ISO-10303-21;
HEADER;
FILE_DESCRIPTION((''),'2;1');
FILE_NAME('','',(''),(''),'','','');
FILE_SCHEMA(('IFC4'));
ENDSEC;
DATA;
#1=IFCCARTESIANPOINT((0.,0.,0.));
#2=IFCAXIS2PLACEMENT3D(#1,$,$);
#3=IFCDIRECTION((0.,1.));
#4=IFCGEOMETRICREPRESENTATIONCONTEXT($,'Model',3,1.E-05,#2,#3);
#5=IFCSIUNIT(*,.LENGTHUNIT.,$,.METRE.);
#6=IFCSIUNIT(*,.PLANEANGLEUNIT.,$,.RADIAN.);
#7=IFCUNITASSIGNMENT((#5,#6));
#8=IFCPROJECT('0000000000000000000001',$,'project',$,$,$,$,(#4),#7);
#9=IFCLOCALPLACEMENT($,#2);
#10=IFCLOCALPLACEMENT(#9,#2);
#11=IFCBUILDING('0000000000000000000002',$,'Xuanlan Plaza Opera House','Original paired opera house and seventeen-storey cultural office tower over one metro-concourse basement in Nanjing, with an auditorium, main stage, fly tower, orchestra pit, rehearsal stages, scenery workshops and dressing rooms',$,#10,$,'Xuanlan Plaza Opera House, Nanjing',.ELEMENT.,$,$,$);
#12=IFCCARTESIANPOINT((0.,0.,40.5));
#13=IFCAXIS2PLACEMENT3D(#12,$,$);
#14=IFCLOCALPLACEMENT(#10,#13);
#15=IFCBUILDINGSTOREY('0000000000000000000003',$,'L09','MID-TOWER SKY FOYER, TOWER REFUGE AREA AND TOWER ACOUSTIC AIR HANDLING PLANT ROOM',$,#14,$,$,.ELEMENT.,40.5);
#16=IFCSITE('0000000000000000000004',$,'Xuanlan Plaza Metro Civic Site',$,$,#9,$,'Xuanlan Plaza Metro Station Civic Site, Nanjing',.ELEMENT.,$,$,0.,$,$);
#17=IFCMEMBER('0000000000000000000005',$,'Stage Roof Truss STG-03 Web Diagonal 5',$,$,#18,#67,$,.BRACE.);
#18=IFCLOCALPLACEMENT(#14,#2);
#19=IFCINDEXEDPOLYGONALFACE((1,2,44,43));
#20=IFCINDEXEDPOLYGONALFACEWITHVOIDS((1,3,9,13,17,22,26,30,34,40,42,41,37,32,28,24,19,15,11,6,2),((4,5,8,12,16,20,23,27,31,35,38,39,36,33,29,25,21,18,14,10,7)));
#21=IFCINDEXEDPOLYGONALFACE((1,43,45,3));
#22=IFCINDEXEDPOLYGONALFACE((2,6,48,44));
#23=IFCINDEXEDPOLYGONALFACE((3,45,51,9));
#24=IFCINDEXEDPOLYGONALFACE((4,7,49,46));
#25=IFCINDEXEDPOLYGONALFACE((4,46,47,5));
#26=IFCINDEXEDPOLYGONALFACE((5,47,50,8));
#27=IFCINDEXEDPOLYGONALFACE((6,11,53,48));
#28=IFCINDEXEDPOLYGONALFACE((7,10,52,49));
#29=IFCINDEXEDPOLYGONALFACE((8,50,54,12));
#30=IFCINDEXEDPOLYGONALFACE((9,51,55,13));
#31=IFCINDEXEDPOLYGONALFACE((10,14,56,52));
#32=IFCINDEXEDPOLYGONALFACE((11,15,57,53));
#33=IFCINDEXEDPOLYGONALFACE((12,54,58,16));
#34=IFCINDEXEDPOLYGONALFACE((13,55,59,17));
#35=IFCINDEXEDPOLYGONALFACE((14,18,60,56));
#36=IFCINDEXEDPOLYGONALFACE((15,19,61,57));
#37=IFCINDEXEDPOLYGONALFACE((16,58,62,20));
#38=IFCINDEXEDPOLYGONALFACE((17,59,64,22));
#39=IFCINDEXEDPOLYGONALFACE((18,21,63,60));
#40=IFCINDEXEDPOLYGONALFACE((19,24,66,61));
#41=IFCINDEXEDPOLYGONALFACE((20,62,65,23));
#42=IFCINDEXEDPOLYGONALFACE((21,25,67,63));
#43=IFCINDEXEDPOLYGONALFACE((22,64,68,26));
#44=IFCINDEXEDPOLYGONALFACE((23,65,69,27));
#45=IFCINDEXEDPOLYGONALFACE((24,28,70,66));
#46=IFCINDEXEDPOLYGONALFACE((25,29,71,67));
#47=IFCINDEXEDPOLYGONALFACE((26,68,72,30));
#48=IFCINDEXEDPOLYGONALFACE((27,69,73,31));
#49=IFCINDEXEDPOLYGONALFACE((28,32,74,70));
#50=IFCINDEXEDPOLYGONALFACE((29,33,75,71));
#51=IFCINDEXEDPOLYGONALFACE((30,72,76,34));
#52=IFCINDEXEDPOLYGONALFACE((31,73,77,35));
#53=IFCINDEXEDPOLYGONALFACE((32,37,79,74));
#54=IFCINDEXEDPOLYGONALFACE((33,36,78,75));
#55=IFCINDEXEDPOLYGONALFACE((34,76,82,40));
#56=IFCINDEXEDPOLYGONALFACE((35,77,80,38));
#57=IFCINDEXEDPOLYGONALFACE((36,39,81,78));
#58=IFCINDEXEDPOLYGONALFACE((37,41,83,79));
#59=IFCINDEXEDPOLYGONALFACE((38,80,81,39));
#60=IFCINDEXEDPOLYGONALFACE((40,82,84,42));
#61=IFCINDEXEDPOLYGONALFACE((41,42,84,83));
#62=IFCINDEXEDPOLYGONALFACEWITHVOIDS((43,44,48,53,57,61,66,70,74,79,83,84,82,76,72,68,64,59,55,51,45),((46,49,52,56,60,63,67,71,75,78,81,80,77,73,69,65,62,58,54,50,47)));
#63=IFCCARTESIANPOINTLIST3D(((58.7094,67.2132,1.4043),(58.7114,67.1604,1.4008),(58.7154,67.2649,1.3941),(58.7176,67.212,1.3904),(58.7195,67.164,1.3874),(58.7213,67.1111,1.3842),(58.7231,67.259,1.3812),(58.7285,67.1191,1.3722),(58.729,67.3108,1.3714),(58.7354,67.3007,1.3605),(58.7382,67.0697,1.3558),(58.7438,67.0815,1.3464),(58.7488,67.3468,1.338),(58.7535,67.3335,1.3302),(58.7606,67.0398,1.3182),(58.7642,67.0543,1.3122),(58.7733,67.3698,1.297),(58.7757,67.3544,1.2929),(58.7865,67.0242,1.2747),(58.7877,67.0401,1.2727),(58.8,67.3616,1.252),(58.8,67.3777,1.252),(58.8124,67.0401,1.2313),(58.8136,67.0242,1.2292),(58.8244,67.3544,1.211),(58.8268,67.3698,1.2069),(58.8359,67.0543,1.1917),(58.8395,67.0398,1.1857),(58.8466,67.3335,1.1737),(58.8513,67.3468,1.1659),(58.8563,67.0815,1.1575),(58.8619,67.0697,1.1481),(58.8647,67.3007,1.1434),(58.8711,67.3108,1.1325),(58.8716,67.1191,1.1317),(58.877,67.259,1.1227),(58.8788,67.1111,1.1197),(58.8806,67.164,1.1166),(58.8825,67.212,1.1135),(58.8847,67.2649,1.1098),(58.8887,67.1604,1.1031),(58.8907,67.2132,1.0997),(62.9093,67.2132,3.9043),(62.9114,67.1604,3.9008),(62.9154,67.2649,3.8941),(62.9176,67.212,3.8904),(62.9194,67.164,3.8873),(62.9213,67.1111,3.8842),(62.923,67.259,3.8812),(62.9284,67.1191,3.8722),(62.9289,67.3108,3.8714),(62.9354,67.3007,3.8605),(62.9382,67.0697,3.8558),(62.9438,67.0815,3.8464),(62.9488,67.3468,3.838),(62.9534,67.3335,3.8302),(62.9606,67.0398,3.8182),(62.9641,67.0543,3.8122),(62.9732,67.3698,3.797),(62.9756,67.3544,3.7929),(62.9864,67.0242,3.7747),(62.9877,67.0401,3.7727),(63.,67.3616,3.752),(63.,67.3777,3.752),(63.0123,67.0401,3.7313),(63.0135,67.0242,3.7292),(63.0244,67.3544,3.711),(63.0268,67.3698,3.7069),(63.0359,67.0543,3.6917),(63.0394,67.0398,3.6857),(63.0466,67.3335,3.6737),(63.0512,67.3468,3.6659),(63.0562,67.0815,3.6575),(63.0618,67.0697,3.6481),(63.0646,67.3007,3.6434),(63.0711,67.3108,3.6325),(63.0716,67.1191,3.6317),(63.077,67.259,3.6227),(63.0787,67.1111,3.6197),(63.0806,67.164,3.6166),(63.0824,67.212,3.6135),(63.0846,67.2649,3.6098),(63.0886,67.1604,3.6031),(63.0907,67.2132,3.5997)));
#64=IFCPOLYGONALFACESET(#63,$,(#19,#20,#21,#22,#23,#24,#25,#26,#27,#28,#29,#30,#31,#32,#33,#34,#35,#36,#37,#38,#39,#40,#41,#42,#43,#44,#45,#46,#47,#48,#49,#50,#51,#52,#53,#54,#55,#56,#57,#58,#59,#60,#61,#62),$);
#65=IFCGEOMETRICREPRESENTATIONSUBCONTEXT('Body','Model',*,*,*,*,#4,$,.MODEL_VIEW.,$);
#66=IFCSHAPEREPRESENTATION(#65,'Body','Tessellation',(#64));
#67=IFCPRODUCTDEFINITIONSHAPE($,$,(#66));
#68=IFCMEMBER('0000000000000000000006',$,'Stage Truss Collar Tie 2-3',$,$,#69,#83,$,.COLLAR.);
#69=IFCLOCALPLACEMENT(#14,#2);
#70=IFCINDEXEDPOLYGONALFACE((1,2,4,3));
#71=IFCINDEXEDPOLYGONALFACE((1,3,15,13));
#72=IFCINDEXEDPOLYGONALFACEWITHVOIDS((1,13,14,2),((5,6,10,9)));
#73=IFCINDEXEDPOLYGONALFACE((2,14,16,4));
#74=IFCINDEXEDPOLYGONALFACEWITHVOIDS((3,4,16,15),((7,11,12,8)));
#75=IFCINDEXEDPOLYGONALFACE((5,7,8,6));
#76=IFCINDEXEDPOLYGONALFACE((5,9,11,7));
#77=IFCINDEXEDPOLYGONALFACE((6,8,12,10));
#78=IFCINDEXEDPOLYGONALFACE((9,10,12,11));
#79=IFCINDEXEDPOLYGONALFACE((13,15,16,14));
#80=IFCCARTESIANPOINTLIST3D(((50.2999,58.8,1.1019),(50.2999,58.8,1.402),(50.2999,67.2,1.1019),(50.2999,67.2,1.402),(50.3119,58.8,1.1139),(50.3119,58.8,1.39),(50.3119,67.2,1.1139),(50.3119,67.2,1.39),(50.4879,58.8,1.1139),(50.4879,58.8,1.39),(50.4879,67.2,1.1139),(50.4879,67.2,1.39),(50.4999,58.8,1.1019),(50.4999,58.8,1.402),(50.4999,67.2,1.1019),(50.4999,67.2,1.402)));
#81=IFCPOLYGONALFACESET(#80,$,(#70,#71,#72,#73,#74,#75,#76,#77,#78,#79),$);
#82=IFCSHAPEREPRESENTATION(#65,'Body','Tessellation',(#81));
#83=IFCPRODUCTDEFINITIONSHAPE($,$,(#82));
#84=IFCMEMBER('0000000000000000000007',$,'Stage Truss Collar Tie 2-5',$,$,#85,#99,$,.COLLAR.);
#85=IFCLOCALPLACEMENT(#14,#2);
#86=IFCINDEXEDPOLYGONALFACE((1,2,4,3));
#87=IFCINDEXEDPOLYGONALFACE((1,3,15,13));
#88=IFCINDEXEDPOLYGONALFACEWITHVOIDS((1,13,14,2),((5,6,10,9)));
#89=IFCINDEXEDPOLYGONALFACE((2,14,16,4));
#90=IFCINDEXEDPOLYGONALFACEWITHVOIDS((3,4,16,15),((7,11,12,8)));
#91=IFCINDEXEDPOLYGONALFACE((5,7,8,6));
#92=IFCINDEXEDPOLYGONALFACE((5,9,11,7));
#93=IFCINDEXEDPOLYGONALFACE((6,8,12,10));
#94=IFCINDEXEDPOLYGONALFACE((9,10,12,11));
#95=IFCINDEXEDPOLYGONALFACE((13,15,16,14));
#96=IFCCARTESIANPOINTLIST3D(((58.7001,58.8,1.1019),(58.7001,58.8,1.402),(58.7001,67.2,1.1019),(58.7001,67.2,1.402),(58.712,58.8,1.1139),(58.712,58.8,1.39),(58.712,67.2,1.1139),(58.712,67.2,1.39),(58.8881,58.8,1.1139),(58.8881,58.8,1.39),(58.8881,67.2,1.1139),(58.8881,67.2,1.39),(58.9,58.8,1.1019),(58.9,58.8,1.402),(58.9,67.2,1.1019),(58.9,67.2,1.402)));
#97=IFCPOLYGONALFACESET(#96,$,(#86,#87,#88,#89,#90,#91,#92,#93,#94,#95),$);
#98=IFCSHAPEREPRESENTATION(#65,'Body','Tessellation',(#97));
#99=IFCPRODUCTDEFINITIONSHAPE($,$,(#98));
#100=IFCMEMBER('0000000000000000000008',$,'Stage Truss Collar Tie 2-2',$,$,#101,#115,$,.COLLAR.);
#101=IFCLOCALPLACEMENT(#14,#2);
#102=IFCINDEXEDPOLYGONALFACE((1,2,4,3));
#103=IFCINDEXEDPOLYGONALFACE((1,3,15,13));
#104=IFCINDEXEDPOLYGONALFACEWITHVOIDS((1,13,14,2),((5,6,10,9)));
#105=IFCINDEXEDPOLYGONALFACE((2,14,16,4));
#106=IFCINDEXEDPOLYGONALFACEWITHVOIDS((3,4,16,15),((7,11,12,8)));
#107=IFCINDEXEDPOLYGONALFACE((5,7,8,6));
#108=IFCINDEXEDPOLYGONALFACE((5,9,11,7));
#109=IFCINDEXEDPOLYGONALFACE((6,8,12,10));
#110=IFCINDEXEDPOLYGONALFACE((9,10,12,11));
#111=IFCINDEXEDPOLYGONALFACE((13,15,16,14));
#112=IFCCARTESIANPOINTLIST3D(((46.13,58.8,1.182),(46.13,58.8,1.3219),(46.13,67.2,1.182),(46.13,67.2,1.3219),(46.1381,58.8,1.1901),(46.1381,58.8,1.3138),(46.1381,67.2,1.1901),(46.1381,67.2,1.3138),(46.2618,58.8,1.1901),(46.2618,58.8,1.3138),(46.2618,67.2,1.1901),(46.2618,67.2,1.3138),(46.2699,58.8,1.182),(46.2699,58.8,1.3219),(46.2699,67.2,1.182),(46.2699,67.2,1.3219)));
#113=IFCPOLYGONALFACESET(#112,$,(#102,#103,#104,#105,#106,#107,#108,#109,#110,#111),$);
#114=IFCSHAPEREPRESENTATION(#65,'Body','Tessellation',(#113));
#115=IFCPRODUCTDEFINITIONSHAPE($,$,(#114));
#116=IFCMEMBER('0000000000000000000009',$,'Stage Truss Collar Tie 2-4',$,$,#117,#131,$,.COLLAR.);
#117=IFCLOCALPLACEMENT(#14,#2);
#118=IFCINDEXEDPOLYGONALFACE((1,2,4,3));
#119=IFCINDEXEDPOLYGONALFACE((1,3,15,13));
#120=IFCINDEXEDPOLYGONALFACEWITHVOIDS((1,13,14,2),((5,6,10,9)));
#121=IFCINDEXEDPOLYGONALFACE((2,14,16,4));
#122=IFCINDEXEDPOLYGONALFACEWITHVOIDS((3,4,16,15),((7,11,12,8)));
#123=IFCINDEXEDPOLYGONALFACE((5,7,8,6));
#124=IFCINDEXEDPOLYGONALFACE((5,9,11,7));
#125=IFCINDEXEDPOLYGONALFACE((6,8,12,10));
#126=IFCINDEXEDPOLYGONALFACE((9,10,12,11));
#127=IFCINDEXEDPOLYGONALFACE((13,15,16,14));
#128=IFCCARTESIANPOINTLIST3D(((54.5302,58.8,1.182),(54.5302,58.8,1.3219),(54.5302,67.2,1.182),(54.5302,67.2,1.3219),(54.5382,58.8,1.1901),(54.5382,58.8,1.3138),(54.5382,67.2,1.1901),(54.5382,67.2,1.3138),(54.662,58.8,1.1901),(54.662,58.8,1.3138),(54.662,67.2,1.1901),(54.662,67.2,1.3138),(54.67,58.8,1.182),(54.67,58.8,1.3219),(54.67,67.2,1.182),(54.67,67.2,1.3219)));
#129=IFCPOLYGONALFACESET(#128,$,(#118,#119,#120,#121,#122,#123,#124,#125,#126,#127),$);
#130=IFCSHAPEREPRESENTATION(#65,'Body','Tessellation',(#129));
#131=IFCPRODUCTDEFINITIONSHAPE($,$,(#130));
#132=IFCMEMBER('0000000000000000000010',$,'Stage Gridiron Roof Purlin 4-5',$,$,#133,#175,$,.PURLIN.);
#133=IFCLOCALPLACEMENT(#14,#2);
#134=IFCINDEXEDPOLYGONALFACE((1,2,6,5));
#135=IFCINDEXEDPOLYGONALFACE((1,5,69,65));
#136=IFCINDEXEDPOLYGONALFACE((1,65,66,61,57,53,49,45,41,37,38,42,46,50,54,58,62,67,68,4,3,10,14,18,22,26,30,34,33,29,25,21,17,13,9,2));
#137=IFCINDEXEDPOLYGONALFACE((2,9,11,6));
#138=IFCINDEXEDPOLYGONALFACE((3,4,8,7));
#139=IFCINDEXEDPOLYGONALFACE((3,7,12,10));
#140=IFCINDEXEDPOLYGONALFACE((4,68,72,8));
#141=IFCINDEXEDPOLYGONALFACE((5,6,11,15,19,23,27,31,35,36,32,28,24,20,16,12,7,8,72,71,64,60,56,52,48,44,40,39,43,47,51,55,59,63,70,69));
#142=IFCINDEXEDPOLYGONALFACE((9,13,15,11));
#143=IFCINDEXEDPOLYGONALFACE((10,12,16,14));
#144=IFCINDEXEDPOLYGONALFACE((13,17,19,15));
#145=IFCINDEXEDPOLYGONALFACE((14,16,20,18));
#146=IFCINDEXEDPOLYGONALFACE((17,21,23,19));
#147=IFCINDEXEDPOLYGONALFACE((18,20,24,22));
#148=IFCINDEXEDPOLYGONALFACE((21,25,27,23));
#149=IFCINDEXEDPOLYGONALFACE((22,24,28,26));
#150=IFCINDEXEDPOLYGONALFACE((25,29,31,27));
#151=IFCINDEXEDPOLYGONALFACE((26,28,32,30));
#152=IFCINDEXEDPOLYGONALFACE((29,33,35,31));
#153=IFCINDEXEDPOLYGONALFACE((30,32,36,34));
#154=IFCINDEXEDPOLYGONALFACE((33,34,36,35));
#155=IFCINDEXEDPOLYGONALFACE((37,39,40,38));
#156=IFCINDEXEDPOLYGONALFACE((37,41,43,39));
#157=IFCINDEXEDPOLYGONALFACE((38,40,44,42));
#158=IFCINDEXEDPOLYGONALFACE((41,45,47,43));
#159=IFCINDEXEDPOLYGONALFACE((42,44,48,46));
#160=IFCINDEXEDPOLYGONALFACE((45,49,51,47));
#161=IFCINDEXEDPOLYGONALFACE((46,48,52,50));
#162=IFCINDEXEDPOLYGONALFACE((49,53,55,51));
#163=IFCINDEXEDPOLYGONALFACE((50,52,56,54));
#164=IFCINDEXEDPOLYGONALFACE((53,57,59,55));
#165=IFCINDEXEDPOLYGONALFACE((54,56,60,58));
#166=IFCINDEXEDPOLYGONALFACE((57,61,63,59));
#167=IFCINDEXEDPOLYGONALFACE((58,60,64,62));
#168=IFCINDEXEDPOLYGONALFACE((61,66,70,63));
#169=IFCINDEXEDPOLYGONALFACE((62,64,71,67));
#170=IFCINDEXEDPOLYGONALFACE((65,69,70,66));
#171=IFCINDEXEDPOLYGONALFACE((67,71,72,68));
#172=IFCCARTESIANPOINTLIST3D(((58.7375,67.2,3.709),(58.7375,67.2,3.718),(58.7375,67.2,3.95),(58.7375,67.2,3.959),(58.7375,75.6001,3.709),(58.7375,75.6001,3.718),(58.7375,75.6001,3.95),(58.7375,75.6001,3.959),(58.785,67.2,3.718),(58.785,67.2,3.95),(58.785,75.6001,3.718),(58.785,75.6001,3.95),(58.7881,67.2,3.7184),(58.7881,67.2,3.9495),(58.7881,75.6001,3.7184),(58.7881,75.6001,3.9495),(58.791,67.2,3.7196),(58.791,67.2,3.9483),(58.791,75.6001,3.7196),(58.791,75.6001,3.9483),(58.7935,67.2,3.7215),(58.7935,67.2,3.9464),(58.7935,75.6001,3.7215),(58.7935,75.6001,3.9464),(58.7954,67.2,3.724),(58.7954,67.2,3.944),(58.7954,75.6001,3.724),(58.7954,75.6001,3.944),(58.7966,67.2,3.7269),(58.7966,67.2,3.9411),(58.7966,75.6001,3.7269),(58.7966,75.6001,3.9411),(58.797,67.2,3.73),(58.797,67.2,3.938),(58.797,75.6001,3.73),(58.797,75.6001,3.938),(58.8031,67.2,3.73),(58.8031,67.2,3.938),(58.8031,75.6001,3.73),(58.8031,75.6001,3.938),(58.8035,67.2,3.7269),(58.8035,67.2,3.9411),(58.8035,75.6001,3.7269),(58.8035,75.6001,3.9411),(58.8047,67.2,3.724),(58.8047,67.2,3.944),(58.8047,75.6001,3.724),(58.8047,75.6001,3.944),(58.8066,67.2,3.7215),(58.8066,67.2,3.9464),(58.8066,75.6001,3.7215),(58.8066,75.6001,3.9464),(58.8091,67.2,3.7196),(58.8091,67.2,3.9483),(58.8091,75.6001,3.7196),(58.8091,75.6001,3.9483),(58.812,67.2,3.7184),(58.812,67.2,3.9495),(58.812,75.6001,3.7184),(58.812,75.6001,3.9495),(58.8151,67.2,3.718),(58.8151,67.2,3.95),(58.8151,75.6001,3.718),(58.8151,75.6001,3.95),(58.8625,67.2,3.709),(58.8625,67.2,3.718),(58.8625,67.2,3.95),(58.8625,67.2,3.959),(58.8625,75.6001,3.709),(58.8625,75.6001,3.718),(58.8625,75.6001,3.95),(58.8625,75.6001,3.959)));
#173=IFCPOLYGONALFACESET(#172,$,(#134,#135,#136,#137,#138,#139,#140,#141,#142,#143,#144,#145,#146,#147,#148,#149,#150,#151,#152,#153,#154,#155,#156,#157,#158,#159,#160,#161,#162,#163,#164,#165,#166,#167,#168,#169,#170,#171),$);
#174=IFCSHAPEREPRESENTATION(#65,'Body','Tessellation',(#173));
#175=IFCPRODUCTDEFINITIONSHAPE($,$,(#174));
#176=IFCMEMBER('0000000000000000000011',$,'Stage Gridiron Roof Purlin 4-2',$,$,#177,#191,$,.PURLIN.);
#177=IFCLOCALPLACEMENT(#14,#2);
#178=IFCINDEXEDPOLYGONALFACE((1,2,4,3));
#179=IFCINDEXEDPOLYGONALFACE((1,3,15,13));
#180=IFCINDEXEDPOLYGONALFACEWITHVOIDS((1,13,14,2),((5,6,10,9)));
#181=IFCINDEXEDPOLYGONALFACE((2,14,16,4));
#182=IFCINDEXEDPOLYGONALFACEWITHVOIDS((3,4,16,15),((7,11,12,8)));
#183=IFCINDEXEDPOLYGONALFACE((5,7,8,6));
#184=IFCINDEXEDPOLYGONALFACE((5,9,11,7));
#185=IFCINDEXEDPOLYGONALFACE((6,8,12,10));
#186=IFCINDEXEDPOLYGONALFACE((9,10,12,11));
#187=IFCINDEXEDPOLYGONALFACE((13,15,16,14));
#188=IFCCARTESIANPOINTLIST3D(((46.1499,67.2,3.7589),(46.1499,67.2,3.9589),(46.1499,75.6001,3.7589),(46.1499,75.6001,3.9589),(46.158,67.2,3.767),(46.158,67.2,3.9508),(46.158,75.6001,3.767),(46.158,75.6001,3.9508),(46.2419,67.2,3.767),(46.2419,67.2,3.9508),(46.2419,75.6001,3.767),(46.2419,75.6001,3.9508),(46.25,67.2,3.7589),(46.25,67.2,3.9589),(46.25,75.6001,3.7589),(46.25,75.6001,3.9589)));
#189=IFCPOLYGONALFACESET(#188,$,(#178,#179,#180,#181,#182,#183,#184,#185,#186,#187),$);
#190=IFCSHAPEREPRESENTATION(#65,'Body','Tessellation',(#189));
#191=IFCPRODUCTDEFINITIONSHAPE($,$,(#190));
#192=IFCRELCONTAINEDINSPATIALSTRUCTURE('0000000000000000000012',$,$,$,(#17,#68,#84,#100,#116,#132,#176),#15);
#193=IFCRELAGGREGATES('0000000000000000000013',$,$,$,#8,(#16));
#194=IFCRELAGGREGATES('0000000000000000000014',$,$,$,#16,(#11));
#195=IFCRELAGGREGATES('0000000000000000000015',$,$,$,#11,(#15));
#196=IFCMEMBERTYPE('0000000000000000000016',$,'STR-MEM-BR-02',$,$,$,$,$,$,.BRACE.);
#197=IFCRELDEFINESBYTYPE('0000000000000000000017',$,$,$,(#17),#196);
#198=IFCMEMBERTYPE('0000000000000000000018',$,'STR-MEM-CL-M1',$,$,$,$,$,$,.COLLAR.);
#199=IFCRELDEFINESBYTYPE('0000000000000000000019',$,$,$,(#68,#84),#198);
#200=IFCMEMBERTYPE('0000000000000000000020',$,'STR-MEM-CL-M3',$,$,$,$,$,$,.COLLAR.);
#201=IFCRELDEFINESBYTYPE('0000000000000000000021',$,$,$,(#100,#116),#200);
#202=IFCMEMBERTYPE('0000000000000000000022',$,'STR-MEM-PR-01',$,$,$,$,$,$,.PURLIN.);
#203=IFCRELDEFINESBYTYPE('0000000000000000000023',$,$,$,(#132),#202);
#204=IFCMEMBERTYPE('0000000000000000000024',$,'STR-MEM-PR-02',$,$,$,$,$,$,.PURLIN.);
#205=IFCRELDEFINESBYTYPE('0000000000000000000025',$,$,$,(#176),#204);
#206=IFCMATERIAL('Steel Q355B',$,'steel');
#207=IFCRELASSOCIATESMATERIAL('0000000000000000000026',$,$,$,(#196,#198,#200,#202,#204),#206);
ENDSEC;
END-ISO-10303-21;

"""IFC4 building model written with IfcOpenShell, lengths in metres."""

from ifc_helpers import new_model, si_unit, direction, frame, origin, origin_2d, place, context, subcontext, project, spatial, hollow_rectangle, hollow_circle, i_section, extrude, material, material_profile, profile_set, type_object, element, save


model = new_model("IFC4")

# Units and contexts
model_context = context("Model", 3, precision=1e-05, world=origin(), true_north=direction((0.0, 1.0)))
body_context = subcontext(model_context, "Body", "Model", "MODEL_VIEW")
ifc_project = project(units=[si_unit("LENGTHUNIT", "METRE"), si_unit("PLANEANGLEUNIT", "RADIAN")], contexts=[model_context])

# Site, building, storey
site_placement = place(None, origin())
site = spatial("IfcSite", under=ifc_project, at=site_placement, Name="Xuanlan Plaza Metro Civic Site", LongName="Xuanlan Plaza Metro Station Civic Site, Nanjing", CompositionType="ELEMENT", RefElevation=0.0)
building_placement = place(site_placement, origin())
building = spatial("IfcBuilding", under=site, at=building_placement, Name="Xuanlan Plaza Opera House", Description="Original paired opera house and seventeen-storey cultural office tower over one metro-concourse basement in Nanjing, with an auditorium, main stage, fly tower, orchestra pit, rehearsal stages, scenery workshops and dressing rooms", LongName="Xuanlan Plaza Opera House, Nanjing", CompositionType="ELEMENT")
storey_placement = place(building_placement, frame((0.0, 0.0, 40.5)))
storey = spatial("IfcBuildingStorey", under=building, at=storey_placement, Name="L09", Description="MID-TOWER SKY FOYER, TOWER REFUGE AREA AND TOWER ACOUSTIC AIR HANDLING PLANT ROOM", CompositionType="ELEMENT", Elevation=40.5)

# Members
ifc_material_1 = material(Name="Steel Q355B", Category="steel")
ifc_material_profile_1 = material_profile(ifc_material_1, hollow_circle(Radius=0.1777, WallThickness=0.0161, at=origin_2d()), Name="CHS 355.6x16")
ifc_profile_set_1 = profile_set([ifc_material_profile_1], Name="Steel Q355B")
member_type_1 = type_object("IfcMemberType", Name="STR-MEM-BR-02", PredefinedType="BRACE", material=ifc_profile_set_1)
for number, where, z_axis, x_axis, name in (
    (1, (58.8, 67.2, 1.252), (0.85929, 0.0, 0.511488), (0.0, 1.0, 0.0), "Stage Roof Truss STG-03 Web Diagonal 5"),
):
    element("IfcMember", number, at=place(storey_placement, frame(where, z_axis=z_axis, x_axis=x_axis)), inside=storey, type_object=member_type_1, Name=name, PredefinedType="BRACE", context=body_context, shape_type="SweptSolid", body=[
        extrude(hollow_circle(Radius=0.1777, WallThickness=0.0161, at=origin_2d()), origin(), (0.0, 0.0, 1.0), 4.8877),
    ])
ifc_material_profile_2 = material_profile(ifc_material_1, hollow_rectangle(XDim=0.2, YDim=0.3, WallThickness=0.012, at=origin_2d()), Name="RHS 300x200x12")
ifc_profile_set_2 = profile_set([ifc_material_profile_2], Name="Steel Q355B")
member_type_2 = type_object("IfcMemberType", Name="STR-MEM-CL-M1", PredefinedType="COLLAR", material=ifc_profile_set_2)
for number, where, z_axis, x_axis, name in (
    (2, (50.3999, 58.8, 1.252), (0.0, 1.0, 0.0), (-1.0, 0.0, 0.0), "Stage Truss Collar Tie 2-3"),
    (3, (58.8, 58.8, 1.252), (0.0, 1.0, 0.0), (-1.0, 0.0, 0.0), "Stage Truss Collar Tie 2-5"),
):
    element("IfcMember", number, at=place(storey_placement, frame(where, z_axis=z_axis, x_axis=x_axis)), inside=storey, type_object=member_type_2, Name=name, PredefinedType="COLLAR", context=body_context, shape_type="SweptSolid", body=[
        extrude(hollow_rectangle(XDim=0.2, YDim=0.3, WallThickness=0.012, at=origin_2d()), origin(), (0.0, 0.0, 1.0), 8.3999),
    ])
ifc_material_profile_3 = material_profile(ifc_material_1, hollow_rectangle(XDim=0.1399, YDim=0.1399, WallThickness=0.0081, at=origin_2d()), Name="SHS 140x140x8")
ifc_profile_set_3 = profile_set([ifc_material_profile_3], Name="Steel Q355B")
member_type_3 = type_object("IfcMemberType", Name="STR-MEM-CL-M3", PredefinedType="COLLAR", material=ifc_profile_set_3)
for number, where, z_axis, x_axis, name in (
    (4, (46.2, 58.8, 1.252), (0.0, 1.0, 0.0), (-1.0, 0.0, 0.0), "Stage Truss Collar Tie 2-2"),
    (5, (54.6001, 58.8, 1.252), (0.0, 1.0, 0.0), (-1.0, 0.0, 0.0), "Stage Truss Collar Tie 2-4"),
):
    element("IfcMember", number, at=place(storey_placement, frame(where, z_axis=z_axis, x_axis=x_axis)), inside=storey, type_object=member_type_3, Name=name, PredefinedType="COLLAR", context=body_context, shape_type="SweptSolid", body=[
        extrude(hollow_rectangle(XDim=0.1399, YDim=0.1399, WallThickness=0.0081, at=origin_2d()), origin(), (0.0, 0.0, 1.0), 8.3999),
    ])
ifc_material_profile_4 = material_profile(ifc_material_1, i_section(OverallWidth=0.125, OverallDepth=0.25, WebThickness=0.0061, FlangeThickness=0.009, FilletRadius=0.012, at=origin_2d()), Name="HN 250x125x6x9")
ifc_profile_set_4 = profile_set([ifc_material_profile_4], Name="Steel Q355B")
member_type_4 = type_object("IfcMemberType", Name="STR-MEM-PR-01", PredefinedType="PURLIN", material=ifc_profile_set_4)
member_1_placement = place(storey_placement, frame((58.8, 67.2, 3.834), z_axis=(0.0, 1.0, 0.0), x_axis=(-1.0, 0.0, 0.0)))
element("IfcMember", 6, at=member_1_placement, inside=storey, type_object=member_type_4, Name="Stage Gridiron Roof Purlin 4-5", PredefinedType="PURLIN", context=body_context, shape_type="SweptSolid", body=[
    extrude(i_section(OverallWidth=0.125, OverallDepth=0.25, WebThickness=0.0061, FlangeThickness=0.009, FilletRadius=0.012, at=origin_2d()), origin(), (0.0, 0.0, 1.0), 8.4001),
])
ifc_material_profile_5 = material_profile(ifc_material_1, hollow_rectangle(XDim=0.1001, YDim=0.2, WallThickness=0.0081, at=origin_2d()), Name="RHS 200x100x8")
ifc_profile_set_5 = profile_set([ifc_material_profile_5], Name="Steel Q355B")
member_type_5 = type_object("IfcMemberType", Name="STR-MEM-PR-02", PredefinedType="PURLIN", material=ifc_profile_set_5)
member_2_placement = place(storey_placement, frame((46.2, 67.2, 3.8589), z_axis=(0.0, 1.0, 0.0), x_axis=(-1.0, 0.0, 0.0)))
element("IfcMember", 7, at=member_2_placement, inside=storey, type_object=member_type_5, Name="Stage Gridiron Roof Purlin 4-2", PredefinedType="PURLIN", context=body_context, shape_type="SweptSolid", body=[
    extrude(hollow_rectangle(XDim=0.1001, YDim=0.2, WallThickness=0.0081, at=origin_2d()), origin(), (0.0, 0.0, 1.0), 8.4001),
])

save(model, "model.ifc")
